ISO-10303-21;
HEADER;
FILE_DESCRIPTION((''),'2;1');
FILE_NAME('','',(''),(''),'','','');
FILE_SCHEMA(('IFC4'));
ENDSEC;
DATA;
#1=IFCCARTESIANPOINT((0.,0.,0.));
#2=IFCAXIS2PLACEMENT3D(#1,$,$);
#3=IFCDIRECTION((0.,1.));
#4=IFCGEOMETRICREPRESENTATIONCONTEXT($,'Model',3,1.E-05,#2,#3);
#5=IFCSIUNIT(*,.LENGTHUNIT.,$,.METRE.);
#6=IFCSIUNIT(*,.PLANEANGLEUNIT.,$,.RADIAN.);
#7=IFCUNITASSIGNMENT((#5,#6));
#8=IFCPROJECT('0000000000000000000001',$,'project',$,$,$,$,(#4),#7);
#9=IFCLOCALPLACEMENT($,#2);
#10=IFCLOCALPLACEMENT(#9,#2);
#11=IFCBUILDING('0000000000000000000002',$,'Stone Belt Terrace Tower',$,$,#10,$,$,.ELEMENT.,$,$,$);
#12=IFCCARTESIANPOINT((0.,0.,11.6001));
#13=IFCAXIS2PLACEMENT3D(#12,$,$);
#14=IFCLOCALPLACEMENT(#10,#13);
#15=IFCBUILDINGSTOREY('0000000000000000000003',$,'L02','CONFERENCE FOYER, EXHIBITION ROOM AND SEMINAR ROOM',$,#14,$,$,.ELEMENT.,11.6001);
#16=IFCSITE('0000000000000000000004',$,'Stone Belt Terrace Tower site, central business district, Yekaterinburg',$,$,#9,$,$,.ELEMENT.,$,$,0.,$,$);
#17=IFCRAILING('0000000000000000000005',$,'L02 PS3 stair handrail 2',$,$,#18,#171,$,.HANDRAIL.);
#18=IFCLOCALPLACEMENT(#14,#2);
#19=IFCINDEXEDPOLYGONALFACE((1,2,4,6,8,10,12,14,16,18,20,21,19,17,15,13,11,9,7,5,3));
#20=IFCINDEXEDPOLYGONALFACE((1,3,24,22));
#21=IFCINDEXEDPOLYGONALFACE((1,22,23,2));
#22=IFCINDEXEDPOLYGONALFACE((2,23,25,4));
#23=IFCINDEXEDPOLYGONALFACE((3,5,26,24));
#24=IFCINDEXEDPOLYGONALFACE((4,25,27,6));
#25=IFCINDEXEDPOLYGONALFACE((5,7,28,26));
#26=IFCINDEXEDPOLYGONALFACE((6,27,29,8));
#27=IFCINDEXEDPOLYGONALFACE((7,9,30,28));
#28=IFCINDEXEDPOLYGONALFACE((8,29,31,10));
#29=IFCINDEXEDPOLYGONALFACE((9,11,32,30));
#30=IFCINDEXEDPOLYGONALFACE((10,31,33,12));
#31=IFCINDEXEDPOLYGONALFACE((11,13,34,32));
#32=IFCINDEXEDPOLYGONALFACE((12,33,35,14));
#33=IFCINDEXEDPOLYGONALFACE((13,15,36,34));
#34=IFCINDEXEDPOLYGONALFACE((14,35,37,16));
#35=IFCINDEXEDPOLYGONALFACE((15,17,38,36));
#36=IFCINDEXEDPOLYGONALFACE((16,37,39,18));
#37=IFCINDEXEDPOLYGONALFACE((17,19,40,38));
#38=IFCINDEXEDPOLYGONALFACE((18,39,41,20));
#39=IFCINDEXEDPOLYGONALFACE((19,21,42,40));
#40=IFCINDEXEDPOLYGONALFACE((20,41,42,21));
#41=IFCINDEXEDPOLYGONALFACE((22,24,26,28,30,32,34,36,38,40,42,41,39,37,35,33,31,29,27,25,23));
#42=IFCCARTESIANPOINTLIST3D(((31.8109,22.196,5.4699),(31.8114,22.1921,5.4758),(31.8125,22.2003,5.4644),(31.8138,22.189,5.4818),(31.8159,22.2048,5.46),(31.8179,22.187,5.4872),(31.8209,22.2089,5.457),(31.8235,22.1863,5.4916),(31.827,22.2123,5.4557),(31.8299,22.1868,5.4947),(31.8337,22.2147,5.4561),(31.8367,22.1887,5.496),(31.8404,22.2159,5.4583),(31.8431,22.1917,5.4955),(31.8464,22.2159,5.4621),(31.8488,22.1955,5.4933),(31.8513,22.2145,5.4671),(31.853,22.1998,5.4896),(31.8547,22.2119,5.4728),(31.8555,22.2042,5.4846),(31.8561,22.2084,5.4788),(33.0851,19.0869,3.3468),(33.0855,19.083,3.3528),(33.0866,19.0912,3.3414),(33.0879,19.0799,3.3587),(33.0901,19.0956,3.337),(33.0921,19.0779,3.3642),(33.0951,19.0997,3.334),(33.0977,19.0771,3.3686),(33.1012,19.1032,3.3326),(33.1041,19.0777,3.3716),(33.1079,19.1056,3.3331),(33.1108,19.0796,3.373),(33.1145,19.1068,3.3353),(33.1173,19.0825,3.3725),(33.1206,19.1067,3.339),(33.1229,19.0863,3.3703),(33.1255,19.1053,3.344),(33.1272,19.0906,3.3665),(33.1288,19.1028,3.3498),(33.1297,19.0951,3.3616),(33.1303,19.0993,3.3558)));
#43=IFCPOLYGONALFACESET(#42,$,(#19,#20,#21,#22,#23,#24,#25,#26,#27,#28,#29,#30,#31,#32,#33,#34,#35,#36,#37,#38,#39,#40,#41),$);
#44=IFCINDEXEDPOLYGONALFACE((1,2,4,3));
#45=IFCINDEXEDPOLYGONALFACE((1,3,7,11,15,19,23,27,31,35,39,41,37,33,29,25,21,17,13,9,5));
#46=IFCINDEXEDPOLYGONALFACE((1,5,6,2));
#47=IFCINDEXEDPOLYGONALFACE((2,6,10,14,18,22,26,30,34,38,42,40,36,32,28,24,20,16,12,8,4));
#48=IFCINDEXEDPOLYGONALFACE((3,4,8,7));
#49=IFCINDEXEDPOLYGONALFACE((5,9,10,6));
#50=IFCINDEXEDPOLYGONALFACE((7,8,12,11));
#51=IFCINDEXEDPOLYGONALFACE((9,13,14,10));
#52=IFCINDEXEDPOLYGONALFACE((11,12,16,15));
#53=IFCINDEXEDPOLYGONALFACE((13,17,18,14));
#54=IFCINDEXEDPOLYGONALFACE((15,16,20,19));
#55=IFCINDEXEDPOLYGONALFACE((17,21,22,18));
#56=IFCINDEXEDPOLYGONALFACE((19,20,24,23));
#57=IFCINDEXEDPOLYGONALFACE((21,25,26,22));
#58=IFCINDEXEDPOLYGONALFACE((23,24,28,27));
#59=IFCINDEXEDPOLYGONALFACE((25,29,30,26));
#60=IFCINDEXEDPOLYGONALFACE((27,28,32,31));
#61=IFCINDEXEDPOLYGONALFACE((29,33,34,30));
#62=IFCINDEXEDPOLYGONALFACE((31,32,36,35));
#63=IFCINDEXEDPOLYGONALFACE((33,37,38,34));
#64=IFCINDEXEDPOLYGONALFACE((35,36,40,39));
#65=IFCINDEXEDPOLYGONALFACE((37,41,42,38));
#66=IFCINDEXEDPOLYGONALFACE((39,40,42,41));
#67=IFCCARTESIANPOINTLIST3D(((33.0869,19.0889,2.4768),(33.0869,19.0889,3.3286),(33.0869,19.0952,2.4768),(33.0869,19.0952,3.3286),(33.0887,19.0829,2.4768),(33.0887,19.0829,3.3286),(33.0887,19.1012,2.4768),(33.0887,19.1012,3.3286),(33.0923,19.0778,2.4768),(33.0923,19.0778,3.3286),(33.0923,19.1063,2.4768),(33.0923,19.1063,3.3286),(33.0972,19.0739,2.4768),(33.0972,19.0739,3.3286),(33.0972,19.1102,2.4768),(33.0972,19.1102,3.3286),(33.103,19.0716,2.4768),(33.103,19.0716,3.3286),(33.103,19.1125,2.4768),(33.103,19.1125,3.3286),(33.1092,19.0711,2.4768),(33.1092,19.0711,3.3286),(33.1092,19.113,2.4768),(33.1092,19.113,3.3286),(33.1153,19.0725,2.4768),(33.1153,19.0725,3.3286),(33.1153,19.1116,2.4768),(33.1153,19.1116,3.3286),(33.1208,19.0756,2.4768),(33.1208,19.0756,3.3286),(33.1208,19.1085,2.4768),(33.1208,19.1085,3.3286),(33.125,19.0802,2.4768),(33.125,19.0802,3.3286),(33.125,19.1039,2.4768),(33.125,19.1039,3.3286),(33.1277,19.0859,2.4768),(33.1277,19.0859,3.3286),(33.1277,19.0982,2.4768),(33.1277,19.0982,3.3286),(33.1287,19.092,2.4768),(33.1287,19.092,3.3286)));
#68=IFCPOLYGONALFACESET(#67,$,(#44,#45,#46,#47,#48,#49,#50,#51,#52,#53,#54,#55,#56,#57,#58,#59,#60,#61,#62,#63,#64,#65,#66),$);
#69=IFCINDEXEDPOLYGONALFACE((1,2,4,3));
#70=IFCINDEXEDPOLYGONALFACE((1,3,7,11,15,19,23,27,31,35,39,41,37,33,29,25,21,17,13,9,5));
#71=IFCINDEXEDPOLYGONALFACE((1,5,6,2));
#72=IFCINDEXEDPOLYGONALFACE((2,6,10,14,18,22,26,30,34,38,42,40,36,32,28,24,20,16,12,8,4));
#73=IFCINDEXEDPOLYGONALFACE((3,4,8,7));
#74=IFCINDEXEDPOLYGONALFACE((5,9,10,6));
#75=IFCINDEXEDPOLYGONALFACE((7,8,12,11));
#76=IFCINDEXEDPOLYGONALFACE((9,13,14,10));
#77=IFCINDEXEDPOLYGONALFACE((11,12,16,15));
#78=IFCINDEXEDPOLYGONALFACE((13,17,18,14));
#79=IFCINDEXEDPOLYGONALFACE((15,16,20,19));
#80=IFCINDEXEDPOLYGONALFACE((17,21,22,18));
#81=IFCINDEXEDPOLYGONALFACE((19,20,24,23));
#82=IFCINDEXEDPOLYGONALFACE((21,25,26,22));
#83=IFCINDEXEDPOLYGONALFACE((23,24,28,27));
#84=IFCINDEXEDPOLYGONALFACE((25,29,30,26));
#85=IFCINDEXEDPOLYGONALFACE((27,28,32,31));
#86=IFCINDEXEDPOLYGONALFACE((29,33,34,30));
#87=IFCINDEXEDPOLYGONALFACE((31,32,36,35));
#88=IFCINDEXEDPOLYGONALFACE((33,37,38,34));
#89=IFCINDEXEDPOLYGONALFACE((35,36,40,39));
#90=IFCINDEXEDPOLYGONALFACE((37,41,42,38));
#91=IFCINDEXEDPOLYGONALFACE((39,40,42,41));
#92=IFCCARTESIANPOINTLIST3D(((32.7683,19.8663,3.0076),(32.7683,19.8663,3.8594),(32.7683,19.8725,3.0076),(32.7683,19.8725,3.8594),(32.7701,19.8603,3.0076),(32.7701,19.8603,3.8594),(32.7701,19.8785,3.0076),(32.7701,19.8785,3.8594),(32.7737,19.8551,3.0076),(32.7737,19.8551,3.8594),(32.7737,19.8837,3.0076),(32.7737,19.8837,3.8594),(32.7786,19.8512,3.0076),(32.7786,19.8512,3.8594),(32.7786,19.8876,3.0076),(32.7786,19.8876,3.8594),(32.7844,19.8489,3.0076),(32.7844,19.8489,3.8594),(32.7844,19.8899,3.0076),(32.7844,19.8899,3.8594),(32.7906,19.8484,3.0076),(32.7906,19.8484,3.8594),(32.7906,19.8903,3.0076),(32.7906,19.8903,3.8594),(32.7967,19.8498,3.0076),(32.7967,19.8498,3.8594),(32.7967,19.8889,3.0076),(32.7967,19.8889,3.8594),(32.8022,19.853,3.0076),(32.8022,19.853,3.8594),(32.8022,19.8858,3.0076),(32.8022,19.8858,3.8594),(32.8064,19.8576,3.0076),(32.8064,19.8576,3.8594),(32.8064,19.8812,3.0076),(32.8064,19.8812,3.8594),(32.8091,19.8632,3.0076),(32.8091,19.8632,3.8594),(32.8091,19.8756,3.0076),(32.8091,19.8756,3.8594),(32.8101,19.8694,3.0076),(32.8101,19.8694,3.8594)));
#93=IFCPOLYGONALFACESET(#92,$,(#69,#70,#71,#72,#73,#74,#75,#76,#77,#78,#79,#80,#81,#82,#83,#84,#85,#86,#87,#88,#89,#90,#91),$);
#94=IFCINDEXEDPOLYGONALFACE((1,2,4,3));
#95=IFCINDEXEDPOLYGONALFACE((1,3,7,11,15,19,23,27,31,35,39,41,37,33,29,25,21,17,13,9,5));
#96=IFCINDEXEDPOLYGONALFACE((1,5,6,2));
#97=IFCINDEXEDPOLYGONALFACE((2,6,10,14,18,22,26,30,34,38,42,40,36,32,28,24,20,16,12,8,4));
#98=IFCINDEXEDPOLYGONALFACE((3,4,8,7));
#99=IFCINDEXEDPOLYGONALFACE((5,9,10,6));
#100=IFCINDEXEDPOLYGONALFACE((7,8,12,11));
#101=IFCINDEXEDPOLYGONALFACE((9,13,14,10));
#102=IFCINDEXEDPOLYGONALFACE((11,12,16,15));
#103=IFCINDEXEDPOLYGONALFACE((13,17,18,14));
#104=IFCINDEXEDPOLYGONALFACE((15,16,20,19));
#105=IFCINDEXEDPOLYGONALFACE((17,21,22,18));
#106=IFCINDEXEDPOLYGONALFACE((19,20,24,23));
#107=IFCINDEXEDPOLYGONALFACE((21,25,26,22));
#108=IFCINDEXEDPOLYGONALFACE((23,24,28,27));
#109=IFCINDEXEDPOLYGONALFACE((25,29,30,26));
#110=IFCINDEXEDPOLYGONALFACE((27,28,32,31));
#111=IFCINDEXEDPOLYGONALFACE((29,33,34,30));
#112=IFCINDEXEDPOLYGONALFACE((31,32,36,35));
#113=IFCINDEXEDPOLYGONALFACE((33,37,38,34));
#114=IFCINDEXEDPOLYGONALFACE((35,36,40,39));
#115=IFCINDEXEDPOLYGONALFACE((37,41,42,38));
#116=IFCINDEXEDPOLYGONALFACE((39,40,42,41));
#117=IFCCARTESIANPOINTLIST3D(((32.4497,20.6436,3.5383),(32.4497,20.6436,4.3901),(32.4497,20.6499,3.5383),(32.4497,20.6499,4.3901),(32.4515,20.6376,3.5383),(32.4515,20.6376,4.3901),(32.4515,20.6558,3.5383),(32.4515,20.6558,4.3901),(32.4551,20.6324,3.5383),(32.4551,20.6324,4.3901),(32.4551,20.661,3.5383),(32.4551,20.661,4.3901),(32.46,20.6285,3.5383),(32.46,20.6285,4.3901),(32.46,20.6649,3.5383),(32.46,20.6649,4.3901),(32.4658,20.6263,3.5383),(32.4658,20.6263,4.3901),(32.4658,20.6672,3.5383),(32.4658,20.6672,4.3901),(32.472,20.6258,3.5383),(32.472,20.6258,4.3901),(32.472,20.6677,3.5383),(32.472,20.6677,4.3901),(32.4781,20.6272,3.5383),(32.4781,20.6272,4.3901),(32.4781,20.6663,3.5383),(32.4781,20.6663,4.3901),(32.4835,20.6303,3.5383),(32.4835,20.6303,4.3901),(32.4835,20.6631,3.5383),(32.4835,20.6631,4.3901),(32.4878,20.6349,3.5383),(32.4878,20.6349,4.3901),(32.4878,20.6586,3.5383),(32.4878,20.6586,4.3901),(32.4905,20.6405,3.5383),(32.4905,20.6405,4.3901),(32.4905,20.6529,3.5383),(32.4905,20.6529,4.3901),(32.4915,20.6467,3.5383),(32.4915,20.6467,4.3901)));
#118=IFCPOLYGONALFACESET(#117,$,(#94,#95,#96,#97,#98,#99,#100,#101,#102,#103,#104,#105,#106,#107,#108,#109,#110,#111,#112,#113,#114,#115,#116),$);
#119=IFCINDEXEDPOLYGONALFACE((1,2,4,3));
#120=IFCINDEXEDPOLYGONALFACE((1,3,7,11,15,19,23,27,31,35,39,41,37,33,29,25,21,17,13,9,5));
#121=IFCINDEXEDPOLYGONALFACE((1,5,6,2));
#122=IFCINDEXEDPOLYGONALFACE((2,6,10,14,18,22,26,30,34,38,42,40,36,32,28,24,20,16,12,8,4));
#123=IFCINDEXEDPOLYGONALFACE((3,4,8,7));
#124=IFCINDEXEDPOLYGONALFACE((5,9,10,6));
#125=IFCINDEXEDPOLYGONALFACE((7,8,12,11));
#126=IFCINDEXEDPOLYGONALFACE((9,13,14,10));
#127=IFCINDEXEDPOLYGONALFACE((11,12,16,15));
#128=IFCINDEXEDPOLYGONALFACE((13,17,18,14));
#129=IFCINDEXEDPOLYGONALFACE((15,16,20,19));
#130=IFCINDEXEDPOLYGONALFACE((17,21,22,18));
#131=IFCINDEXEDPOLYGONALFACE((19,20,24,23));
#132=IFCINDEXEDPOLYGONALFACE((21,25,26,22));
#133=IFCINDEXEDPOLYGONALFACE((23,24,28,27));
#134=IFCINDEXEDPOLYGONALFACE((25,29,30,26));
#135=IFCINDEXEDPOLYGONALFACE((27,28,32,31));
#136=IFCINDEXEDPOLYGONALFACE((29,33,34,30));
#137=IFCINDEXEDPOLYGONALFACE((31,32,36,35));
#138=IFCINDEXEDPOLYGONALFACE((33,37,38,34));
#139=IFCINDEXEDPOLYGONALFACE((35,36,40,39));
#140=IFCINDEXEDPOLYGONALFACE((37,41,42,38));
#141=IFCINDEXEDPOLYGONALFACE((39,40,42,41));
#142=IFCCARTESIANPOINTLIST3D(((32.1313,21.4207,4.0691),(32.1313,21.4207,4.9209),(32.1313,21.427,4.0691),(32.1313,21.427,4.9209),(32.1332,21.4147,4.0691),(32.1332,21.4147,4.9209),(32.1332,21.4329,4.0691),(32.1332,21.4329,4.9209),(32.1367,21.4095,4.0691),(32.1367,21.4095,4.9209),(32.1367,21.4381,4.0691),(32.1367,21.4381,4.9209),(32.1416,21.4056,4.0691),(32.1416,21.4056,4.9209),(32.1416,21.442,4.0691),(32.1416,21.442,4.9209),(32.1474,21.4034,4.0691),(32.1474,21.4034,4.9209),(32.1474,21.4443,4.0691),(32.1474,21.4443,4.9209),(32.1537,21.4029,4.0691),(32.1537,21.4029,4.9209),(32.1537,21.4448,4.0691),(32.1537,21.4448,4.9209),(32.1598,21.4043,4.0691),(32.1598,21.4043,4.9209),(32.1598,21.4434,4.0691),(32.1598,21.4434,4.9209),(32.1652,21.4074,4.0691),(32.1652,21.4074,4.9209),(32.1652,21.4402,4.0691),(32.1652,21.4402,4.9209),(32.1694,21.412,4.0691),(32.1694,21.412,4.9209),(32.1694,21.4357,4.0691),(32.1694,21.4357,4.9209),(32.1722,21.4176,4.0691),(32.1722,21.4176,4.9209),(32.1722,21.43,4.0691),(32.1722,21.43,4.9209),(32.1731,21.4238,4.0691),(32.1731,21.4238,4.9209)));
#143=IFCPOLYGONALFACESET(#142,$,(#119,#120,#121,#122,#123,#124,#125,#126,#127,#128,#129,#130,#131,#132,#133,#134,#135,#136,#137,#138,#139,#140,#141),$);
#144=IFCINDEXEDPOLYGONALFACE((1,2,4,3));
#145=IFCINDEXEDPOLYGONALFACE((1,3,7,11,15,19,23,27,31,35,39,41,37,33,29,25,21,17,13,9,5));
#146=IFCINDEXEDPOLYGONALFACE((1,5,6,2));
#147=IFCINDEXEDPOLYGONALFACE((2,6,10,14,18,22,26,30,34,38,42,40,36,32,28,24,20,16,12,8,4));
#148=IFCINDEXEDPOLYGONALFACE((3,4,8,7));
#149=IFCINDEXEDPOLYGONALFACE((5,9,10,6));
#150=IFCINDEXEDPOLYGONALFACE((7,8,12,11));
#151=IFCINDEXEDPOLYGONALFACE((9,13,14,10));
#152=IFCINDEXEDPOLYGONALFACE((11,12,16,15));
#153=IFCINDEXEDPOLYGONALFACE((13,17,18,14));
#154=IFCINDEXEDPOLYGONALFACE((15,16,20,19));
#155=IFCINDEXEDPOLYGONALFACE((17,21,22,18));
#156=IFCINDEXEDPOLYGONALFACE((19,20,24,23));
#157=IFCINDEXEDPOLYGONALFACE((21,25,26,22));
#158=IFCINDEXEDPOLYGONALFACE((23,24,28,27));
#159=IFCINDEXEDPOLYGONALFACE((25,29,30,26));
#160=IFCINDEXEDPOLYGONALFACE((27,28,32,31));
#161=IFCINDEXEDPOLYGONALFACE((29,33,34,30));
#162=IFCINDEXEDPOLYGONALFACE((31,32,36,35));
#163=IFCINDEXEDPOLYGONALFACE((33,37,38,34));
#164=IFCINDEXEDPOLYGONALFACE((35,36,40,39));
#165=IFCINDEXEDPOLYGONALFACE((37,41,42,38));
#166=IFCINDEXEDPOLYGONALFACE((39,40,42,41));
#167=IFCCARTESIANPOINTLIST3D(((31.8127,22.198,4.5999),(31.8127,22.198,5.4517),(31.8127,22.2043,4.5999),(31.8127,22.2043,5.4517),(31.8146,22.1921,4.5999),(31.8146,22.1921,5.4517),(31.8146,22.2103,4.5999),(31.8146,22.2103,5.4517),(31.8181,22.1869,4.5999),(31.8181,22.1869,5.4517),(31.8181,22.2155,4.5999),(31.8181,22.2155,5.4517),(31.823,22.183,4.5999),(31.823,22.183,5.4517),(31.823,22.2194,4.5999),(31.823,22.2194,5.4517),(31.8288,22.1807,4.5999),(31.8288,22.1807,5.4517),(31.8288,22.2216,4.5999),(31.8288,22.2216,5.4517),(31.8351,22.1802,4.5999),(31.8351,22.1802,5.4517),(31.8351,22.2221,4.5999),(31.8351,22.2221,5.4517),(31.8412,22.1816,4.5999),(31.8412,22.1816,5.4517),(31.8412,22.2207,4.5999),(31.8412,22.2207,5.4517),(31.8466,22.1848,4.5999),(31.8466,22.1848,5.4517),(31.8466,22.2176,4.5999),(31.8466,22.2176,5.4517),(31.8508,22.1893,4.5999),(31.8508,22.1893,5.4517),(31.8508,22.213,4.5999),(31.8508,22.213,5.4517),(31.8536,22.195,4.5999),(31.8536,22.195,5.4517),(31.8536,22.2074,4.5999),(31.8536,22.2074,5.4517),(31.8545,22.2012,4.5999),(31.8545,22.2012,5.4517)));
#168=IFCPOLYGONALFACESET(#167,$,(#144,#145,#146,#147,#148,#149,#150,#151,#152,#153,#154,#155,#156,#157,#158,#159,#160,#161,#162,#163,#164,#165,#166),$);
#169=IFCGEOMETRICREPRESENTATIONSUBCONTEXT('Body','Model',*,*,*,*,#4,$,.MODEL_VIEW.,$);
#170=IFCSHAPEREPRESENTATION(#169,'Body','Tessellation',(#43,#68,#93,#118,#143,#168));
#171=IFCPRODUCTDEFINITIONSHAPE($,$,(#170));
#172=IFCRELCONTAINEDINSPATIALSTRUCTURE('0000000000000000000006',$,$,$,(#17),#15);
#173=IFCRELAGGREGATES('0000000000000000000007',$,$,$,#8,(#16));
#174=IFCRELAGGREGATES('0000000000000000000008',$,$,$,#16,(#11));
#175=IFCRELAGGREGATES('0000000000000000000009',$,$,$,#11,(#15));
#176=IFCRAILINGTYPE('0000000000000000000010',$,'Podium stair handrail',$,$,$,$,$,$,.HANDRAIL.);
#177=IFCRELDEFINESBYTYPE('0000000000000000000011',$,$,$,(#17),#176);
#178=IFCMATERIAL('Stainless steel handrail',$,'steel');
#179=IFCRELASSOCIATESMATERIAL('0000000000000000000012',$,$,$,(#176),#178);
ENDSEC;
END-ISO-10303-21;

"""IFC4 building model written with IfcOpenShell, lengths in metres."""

from ifc_helpers import new_model, si_unit, direction, frame, origin, origin_2d, place, context, subcontext, project, spatial, circle, extrude, material, type_object, element, save


model = new_model("IFC4")

# Units and contexts
model_context = context("Model", 3, precision=1e-05, world=origin(), true_north=direction((0.0, 1.0)))
body_context = subcontext(model_context, "Body", "Model", "MODEL_VIEW")
ifc_project = project(units=[si_unit("LENGTHUNIT", "METRE"), si_unit("PLANEANGLEUNIT", "RADIAN")], contexts=[model_context])

# Site, building, storey
site_placement = place(None, origin())
site = spatial("IfcSite", under=ifc_project, at=site_placement, Name="Stone Belt Terrace Tower site, central business district, Yekaterinburg", CompositionType="ELEMENT", RefElevation=0.0)
building_placement = place(site_placement, origin())
building = spatial("IfcBuilding", under=site, at=building_placement, Name="Stone Belt Terrace Tower", CompositionType="ELEMENT")
storey_placement = place(building_placement, frame((0.0, 0.0, 11.6001)))
storey = spatial("IfcBuildingStorey", under=building, at=storey_placement, Name="L02", Description="CONFERENCE FOYER, EXHIBITION ROOM AND SEMINAR ROOM", CompositionType="ELEMENT", Elevation=11.6001)

# Railing
ifc_material_1 = material(Name="Stainless steel handrail", Category="steel")
railing_type_1 = type_object("IfcRailingType", Name="Podium stair handrail", PredefinedType="HANDRAIL", material=ifc_material_1)
railing_1_placement = place(storey_placement, frame((33.1077, 19.092, 2.4768)))
element("IfcRailing", 1, at=railing_1_placement, inside=storey, type_object=railing_type_1, Name="L02 PS3 stair handrail 2", PredefinedType="HANDRAIL", context=body_context, shape_type="SweptSolid", body=[
    extrude(circle(Radius=0.0239, at=origin_2d()), frame((0.0, 0.0, 0.876), z_axis=(-0.320577, 0.782248, 0.534152), x_axis=(-0.925312, -0.379207, 0.0)), (0.0, 0.0, 1.0), 3.9746),
    extrude(circle(Radius=0.021, at=origin_2d()), origin(), (0.0, 0.0, 1.0), 0.8518),
    extrude(circle(Radius=0.021, at=origin_2d()), frame((-0.3186, 0.7773, 0.5308)), (0.0, 0.0, 1.0), 0.8518),
    extrude(circle(Radius=0.021, at=origin_2d()), frame((-0.6372, 1.5547, 1.0615)), (0.0, 0.0, 1.0), 0.8518),
    extrude(circle(Radius=0.021, at=origin_2d()), frame((-0.9556, 2.3318, 1.5923)), (0.0, 0.0, 1.0), 0.8518),
    extrude(circle(Radius=0.021, at=origin_2d()), frame((-1.2742, 3.1091, 2.123)), (0.0, 0.0, 1.0), 0.8518),
])

save(model, "model.ifc")
